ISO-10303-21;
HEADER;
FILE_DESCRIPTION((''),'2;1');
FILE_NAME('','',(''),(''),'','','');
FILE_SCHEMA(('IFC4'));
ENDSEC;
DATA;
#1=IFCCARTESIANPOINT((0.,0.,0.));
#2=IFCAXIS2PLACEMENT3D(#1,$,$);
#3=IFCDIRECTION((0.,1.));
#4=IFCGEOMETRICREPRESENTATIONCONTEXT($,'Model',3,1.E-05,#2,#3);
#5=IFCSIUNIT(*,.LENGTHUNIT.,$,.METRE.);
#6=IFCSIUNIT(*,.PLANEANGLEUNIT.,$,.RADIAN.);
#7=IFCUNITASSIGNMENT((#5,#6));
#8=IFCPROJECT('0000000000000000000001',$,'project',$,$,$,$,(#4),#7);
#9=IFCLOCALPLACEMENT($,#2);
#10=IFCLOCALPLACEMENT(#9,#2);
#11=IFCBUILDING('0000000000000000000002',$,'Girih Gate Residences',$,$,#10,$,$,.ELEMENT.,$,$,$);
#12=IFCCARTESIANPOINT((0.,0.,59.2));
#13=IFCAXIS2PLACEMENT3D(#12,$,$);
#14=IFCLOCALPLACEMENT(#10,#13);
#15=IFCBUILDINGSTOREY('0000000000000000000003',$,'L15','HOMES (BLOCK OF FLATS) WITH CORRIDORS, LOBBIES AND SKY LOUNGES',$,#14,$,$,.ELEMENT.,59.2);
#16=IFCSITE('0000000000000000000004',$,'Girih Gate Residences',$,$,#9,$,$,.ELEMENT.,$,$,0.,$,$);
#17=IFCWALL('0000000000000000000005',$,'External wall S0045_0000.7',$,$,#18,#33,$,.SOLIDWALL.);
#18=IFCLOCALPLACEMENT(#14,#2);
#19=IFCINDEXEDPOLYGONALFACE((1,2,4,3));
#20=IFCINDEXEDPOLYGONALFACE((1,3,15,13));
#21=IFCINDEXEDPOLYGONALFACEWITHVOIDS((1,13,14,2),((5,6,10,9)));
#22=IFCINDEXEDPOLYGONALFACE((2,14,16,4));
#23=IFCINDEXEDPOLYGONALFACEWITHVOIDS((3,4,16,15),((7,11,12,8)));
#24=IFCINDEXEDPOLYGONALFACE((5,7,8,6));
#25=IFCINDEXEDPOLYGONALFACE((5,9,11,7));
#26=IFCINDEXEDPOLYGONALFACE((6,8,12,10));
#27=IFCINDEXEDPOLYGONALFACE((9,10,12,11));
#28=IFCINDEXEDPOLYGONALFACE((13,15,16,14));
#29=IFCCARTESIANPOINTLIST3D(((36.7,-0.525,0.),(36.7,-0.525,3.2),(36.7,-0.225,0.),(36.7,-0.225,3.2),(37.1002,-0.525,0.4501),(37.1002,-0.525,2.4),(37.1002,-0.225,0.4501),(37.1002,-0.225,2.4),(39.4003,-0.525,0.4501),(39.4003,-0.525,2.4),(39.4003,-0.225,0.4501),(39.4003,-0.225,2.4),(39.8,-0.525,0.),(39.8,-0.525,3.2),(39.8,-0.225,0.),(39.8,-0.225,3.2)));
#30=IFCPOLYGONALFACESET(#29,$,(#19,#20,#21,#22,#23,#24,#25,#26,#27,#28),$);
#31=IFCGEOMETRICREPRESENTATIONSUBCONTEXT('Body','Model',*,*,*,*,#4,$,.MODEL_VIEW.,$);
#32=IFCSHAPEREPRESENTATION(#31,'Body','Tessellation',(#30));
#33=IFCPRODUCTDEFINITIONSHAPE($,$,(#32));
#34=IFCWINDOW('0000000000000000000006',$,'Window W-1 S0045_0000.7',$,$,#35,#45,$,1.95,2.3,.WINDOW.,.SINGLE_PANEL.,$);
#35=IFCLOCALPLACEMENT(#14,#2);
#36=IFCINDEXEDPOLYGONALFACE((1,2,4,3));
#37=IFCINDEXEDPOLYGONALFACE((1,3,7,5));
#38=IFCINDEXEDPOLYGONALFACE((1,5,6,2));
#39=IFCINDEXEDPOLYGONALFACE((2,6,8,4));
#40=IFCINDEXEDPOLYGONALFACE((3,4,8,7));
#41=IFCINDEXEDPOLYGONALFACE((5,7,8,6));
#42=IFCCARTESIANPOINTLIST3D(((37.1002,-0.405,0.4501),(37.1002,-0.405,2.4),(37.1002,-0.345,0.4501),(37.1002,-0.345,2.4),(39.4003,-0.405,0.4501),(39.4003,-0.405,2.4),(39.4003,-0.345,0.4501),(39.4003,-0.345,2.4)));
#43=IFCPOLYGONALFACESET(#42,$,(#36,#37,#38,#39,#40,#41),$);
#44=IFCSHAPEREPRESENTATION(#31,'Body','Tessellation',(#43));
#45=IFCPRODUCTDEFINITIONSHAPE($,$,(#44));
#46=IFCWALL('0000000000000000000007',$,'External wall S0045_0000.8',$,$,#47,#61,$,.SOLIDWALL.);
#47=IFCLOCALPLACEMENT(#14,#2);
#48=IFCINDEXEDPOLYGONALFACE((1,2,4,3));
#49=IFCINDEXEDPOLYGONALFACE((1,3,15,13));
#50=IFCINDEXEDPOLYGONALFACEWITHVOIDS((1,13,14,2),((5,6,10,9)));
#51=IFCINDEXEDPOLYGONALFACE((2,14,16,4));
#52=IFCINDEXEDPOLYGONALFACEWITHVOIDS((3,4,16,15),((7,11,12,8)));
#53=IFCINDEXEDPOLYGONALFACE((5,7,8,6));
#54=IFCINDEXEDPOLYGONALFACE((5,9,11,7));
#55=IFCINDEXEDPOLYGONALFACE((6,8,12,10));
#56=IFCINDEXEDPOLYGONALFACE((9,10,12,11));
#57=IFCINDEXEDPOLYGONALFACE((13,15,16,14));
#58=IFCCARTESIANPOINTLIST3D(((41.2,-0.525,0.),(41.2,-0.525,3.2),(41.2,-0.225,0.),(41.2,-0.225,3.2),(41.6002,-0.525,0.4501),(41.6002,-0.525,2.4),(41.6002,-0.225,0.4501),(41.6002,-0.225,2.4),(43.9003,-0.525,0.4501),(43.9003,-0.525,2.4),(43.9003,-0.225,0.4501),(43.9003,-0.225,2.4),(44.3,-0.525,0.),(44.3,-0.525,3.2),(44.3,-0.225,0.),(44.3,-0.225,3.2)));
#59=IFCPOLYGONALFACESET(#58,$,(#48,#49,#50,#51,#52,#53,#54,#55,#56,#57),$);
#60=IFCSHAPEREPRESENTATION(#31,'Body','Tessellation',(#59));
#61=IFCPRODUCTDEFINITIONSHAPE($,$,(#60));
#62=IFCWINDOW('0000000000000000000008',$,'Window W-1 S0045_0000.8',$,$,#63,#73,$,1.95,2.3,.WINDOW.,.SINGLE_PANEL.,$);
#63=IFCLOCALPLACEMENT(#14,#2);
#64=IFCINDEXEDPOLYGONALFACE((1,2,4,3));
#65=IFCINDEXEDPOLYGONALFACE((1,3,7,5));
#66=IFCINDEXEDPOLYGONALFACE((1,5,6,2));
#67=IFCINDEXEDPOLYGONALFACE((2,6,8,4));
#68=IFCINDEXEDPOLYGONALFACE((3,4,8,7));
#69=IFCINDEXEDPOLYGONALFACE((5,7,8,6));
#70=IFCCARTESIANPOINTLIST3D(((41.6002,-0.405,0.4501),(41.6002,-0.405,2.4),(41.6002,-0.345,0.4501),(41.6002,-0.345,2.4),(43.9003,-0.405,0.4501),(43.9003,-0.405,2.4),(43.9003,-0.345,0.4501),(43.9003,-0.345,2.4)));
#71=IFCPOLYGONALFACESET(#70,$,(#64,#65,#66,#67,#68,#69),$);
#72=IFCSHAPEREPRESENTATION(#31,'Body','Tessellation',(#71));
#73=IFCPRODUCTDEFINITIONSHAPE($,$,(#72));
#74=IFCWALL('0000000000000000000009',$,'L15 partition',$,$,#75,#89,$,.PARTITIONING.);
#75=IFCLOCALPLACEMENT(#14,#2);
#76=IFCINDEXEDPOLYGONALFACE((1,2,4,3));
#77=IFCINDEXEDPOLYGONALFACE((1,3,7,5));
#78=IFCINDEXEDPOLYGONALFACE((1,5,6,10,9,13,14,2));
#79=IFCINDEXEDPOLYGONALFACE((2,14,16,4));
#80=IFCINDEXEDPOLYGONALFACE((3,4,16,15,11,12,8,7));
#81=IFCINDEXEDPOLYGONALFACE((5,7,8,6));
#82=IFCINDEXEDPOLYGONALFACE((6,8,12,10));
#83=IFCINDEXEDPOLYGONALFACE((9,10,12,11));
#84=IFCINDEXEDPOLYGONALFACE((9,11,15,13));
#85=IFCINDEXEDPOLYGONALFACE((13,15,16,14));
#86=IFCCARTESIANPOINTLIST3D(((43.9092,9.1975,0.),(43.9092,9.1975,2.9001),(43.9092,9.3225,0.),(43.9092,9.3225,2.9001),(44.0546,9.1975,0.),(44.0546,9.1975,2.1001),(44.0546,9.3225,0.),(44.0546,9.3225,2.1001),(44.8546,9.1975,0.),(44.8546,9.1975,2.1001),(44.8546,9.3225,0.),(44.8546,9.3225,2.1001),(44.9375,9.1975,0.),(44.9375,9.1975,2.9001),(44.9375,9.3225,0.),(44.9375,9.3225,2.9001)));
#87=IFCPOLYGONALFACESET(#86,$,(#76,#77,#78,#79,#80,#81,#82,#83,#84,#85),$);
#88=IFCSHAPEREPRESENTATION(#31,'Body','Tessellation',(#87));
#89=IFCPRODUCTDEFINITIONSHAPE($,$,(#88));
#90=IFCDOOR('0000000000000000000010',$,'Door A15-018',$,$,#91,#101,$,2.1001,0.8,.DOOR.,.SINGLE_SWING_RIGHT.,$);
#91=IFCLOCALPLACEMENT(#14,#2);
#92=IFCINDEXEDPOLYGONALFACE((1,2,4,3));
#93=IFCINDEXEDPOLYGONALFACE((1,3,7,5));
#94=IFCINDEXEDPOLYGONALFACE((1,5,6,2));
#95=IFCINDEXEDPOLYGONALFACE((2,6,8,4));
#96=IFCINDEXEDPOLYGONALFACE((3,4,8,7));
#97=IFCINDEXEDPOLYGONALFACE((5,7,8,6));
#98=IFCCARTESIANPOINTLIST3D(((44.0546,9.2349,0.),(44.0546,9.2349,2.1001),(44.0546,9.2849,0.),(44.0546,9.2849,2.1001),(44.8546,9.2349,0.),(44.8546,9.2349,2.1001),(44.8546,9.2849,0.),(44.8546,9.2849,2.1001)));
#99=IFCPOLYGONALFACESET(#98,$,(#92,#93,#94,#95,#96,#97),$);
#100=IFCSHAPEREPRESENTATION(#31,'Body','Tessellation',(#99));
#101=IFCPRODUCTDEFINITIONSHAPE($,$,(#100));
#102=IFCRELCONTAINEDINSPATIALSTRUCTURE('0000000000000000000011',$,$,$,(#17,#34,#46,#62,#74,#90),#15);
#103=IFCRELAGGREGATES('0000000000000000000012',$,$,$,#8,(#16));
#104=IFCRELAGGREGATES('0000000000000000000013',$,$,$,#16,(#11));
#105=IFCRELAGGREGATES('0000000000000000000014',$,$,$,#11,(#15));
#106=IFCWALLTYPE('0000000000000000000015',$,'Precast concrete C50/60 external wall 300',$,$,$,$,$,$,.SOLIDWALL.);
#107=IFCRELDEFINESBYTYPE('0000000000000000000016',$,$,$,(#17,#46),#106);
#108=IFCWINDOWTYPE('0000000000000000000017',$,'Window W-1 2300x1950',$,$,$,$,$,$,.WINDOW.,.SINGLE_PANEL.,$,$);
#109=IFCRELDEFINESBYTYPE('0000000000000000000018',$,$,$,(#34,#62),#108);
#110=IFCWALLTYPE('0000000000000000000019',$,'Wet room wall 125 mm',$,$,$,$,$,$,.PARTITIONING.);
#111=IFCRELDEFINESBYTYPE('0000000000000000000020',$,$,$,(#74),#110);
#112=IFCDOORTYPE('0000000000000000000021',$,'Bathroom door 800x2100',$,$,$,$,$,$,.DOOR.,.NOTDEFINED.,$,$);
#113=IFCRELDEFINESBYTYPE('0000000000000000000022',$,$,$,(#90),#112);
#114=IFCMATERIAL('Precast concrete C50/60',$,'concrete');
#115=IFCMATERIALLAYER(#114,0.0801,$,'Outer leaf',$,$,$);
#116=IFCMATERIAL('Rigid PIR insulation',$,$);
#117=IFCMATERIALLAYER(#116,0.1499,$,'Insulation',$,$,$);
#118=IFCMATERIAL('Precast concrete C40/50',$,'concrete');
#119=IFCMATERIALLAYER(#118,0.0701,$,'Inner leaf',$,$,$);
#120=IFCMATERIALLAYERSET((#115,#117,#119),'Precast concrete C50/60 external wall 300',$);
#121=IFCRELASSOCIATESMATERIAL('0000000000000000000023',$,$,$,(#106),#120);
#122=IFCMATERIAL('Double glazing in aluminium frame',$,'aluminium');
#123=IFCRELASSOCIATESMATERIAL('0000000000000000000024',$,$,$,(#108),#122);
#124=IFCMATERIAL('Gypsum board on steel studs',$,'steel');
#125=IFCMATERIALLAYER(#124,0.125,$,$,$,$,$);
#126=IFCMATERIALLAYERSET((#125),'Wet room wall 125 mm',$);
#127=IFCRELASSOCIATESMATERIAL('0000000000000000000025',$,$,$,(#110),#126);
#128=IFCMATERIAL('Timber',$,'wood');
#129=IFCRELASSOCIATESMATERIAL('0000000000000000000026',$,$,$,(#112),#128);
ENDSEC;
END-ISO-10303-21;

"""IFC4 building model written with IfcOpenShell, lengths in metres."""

from ifc_helpers import new_model, si_unit, direction, frame, frame_2d, origin, place, context, subcontext, project, spatial, rectangle, extrude, material, layer, layer_set, type_object, element, fill, save


model = new_model("IFC4")

# Units and contexts
model_context = context("Model", 3, precision=1e-05, world=origin(), true_north=direction((0.0, 1.0)))
body_context = subcontext(model_context, "Body", "Model", "MODEL_VIEW")
ifc_project = project(units=[si_unit("LENGTHUNIT", "METRE"), si_unit("PLANEANGLEUNIT", "RADIAN")], contexts=[model_context])

# Site, building, storey
site_placement = place(None, origin())
site = spatial("IfcSite", under=ifc_project, at=site_placement, Name="Girih Gate Residences", CompositionType="ELEMENT", RefElevation=0.0)
building_placement = place(site_placement, origin())
building = spatial("IfcBuilding", under=site, at=building_placement, Name="Girih Gate Residences", CompositionType="ELEMENT")
storey_placement = place(building_placement, frame((0.0, 0.0, 59.2)))
storey = spatial("IfcBuildingStorey", under=building, at=storey_placement, Name="L15", Description="HOMES (BLOCK OF FLATS) WITH CORRIDORS, LOBBIES AND SKY LOUNGES", CompositionType="ELEMENT", Elevation=59.2)

# Shared definitions
ifc_material_1 = material(Name="Gypsum board on steel studs", Category="steel")
ifc_material_2 = material(Name="Timber", Category="wood")

# Walls, openings, windows
ifc_material_3 = material(Name="Precast concrete C50/60", Category="concrete")
ifc_layer_1 = layer(ifc_material_3, 0.0801, Name="Outer leaf")
ifc_material_4 = material(Name="Rigid PIR insulation")
ifc_layer_2 = layer(ifc_material_4, 0.1499, Name="Insulation")
ifc_material_5 = material(Name="Precast concrete C40/50", Category="concrete")
ifc_layer_3 = layer(ifc_material_5, 0.0701, Name="Inner leaf")
ifc_layer_set_1 = layer_set([ifc_layer_1, ifc_layer_2, ifc_layer_3], Name="Precast concrete C50/60 external wall 300")
wall_type_1 = type_object("IfcWallType", Name="Precast concrete C50/60 external wall 300", PredefinedType="SOLIDWALL", material=ifc_layer_set_1)
wall_1_placement = place(storey_placement, frame((39.8, -0.375, 0.0), z_axis=(0.0, 0.0, 1.0), x_axis=(-1.0, 0.0, 0.0)))
wall_1 = element("IfcWall", 1, at=wall_1_placement, inside=storey, type_object=wall_type_1, Name="External wall S0045_0000.7", PredefinedType="SOLIDWALL", context=body_context, shape_type="SweptSolid", body=[
    extrude(rectangle(XDim=3.1001, YDim=0.3, at=frame_2d((1.55, 0.0))), origin(), (0.0, 0.0, 1.0), 3.2),
])
opening_1_placement = place(wall_1_placement, frame((0.3999, 0.0, 0.45)))
opening_1 = element("IfcOpeningElement", 2, at=opening_1_placement, cuts=wall_1, PredefinedType="OPENING", context=body_context, shape_type="SweptSolid", body=[
    extrude(rectangle(XDim=2.3, YDim=1.95, at=frame_2d((1.1499, 0.9751))), frame((0.0, 0.1599, 0.0), z_axis=(0.0, -1.0, 0.0), x_axis=(1.0, 0.0, 0.0)), (0.0, 0.0, 1.0), 0.3201),
])
ifc_material_6 = material(Name="Double glazing in aluminium frame", Category="aluminium")
window_type = type_object("IfcWindowType", Name="Window W-1 2300x1950", PartitioningType="SINGLE_PANEL", PredefinedType="WINDOW", material=ifc_material_6)
window_1_placement = place(opening_1_placement, origin())
window_1 = element("IfcWindow", 3, at=window_1_placement, inside=storey, type_object=window_type, Name="Window W-1 S0045_0000.7", OverallHeight=1.95, OverallWidth=2.3, PartitioningType="SINGLE_PANEL", PredefinedType="WINDOW", context=body_context, shape_type="SweptSolid", body=[
    extrude(rectangle(XDim=2.3, YDim=1.95, at=frame_2d((1.1499, 0.9751))), frame((0.0, 0.03, 0.0), z_axis=(0.0, -1.0, 0.0), x_axis=(1.0, 0.0, 0.0)), (0.0, 0.0, 1.0), 0.0601),
])
fill(opening_1, window_1)
wall_2_placement = place(storey_placement, frame((44.3, -0.375, 0.0), z_axis=(0.0, 0.0, 1.0), x_axis=(-1.0, 0.0, 0.0)))
wall_2 = element("IfcWall", 4, at=wall_2_placement, inside=storey, type_object=wall_type_1, Name="External wall S0045_0000.8", PredefinedType="SOLIDWALL", context=body_context, shape_type="SweptSolid", body=[
    extrude(rectangle(XDim=3.1001, YDim=0.3, at=frame_2d((1.55, 0.0))), origin(), (0.0, 0.0, 1.0), 3.2),
])
opening_2_placement = place(wall_2_placement, frame((0.3999, 0.0, 0.45)))
opening_2 = element("IfcOpeningElement", 5, at=opening_2_placement, cuts=wall_2, PredefinedType="OPENING", context=body_context, shape_type="SweptSolid", body=[
    extrude(rectangle(XDim=2.3, YDim=1.95, at=frame_2d((1.1499, 0.9751))), frame((0.0, 0.1599, 0.0), z_axis=(0.0, -1.0, 0.0), x_axis=(1.0, 0.0, 0.0)), (0.0, 0.0, 1.0), 0.3201),
])
window_2_placement = place(opening_2_placement, origin())
window_2 = element("IfcWindow", 6, at=window_2_placement, inside=storey, type_object=window_type, Name="Window W-1 S0045_0000.8", OverallHeight=1.95, OverallWidth=2.3, PartitioningType="SINGLE_PANEL", PredefinedType="WINDOW", context=body_context, shape_type="SweptSolid", body=[
    extrude(rectangle(XDim=2.3, YDim=1.95, at=frame_2d((1.1499, 0.9751))), frame((0.0, 0.03, 0.0), z_axis=(0.0, -1.0, 0.0), x_axis=(1.0, 0.0, 0.0)), (0.0, 0.0, 1.0), 0.0601),
])
fill(opening_2, window_2)

# Wall, opening, door
ifc_layer_4 = layer(ifc_material_1, 0.125)
ifc_layer_set_2 = layer_set([ifc_layer_4], Name="Wet room wall 125 mm")
wall_type_2 = type_object("IfcWallType", Name="Wet room wall 125 mm", PredefinedType="PARTITIONING", material=ifc_layer_set_2)
wall_3_placement = place(storey_placement, frame((43.9092, 9.26, 0.0), z_axis=(0.0, 0.0, 1.0), x_axis=(1.0, 0.0, 0.0)))
wall_3 = element("IfcWall", 7, at=wall_3_placement, inside=storey, type_object=wall_type_2, Name="L15 partition", PredefinedType="PARTITIONING", context=body_context, shape_type="SweptSolid", body=[
    extrude(rectangle(XDim=1.0283, YDim=0.125, at=frame_2d((0.5142, 0.0))), origin(), (0.0, 0.0, 1.0), 2.9001),
])
opening_3_placement = place(wall_3_placement, frame((0.1455, 0.0, 0.0)))
opening_3 = element("IfcOpeningElement", 8, at=opening_3_placement, cuts=wall_3, PredefinedType="OPENING", context=body_context, shape_type="SweptSolid", body=[
    extrude(rectangle(XDim=0.8, YDim=2.1001, at=frame_2d((0.3999, 1.05))), frame((0.0, 0.0725, 0.0), z_axis=(0.0, -1.0, 0.0), x_axis=(1.0, 0.0, 0.0)), (0.0, 0.0, 1.0), 0.145),
])
door_type_1 = type_object("IfcDoorType", Name="Bathroom door 800x2100", OperationType="NOTDEFINED", PredefinedType="DOOR", material=ifc_material_2)
door_1_placement = place(opening_3_placement, origin())
door_1 = element("IfcDoor", 9, at=door_1_placement, inside=storey, type_object=door_type_1, Name="Door A15-018", OperationType="SINGLE_SWING_RIGHT", OverallHeight=2.1001, OverallWidth=0.8, PredefinedType="DOOR", context=body_context, shape_type="SweptSolid", body=[
    extrude(rectangle(XDim=0.8, YDim=2.1001, at=frame_2d((0.3999, 1.05))), frame((0.0, 0.0249, 0.0), z_axis=(0.0, -1.0, 0.0), x_axis=(1.0, 0.0, 0.0)), (0.0, 0.0, 1.0), 0.05),
])
fill(opening_3, door_1)

save(model, "model.ifc")
